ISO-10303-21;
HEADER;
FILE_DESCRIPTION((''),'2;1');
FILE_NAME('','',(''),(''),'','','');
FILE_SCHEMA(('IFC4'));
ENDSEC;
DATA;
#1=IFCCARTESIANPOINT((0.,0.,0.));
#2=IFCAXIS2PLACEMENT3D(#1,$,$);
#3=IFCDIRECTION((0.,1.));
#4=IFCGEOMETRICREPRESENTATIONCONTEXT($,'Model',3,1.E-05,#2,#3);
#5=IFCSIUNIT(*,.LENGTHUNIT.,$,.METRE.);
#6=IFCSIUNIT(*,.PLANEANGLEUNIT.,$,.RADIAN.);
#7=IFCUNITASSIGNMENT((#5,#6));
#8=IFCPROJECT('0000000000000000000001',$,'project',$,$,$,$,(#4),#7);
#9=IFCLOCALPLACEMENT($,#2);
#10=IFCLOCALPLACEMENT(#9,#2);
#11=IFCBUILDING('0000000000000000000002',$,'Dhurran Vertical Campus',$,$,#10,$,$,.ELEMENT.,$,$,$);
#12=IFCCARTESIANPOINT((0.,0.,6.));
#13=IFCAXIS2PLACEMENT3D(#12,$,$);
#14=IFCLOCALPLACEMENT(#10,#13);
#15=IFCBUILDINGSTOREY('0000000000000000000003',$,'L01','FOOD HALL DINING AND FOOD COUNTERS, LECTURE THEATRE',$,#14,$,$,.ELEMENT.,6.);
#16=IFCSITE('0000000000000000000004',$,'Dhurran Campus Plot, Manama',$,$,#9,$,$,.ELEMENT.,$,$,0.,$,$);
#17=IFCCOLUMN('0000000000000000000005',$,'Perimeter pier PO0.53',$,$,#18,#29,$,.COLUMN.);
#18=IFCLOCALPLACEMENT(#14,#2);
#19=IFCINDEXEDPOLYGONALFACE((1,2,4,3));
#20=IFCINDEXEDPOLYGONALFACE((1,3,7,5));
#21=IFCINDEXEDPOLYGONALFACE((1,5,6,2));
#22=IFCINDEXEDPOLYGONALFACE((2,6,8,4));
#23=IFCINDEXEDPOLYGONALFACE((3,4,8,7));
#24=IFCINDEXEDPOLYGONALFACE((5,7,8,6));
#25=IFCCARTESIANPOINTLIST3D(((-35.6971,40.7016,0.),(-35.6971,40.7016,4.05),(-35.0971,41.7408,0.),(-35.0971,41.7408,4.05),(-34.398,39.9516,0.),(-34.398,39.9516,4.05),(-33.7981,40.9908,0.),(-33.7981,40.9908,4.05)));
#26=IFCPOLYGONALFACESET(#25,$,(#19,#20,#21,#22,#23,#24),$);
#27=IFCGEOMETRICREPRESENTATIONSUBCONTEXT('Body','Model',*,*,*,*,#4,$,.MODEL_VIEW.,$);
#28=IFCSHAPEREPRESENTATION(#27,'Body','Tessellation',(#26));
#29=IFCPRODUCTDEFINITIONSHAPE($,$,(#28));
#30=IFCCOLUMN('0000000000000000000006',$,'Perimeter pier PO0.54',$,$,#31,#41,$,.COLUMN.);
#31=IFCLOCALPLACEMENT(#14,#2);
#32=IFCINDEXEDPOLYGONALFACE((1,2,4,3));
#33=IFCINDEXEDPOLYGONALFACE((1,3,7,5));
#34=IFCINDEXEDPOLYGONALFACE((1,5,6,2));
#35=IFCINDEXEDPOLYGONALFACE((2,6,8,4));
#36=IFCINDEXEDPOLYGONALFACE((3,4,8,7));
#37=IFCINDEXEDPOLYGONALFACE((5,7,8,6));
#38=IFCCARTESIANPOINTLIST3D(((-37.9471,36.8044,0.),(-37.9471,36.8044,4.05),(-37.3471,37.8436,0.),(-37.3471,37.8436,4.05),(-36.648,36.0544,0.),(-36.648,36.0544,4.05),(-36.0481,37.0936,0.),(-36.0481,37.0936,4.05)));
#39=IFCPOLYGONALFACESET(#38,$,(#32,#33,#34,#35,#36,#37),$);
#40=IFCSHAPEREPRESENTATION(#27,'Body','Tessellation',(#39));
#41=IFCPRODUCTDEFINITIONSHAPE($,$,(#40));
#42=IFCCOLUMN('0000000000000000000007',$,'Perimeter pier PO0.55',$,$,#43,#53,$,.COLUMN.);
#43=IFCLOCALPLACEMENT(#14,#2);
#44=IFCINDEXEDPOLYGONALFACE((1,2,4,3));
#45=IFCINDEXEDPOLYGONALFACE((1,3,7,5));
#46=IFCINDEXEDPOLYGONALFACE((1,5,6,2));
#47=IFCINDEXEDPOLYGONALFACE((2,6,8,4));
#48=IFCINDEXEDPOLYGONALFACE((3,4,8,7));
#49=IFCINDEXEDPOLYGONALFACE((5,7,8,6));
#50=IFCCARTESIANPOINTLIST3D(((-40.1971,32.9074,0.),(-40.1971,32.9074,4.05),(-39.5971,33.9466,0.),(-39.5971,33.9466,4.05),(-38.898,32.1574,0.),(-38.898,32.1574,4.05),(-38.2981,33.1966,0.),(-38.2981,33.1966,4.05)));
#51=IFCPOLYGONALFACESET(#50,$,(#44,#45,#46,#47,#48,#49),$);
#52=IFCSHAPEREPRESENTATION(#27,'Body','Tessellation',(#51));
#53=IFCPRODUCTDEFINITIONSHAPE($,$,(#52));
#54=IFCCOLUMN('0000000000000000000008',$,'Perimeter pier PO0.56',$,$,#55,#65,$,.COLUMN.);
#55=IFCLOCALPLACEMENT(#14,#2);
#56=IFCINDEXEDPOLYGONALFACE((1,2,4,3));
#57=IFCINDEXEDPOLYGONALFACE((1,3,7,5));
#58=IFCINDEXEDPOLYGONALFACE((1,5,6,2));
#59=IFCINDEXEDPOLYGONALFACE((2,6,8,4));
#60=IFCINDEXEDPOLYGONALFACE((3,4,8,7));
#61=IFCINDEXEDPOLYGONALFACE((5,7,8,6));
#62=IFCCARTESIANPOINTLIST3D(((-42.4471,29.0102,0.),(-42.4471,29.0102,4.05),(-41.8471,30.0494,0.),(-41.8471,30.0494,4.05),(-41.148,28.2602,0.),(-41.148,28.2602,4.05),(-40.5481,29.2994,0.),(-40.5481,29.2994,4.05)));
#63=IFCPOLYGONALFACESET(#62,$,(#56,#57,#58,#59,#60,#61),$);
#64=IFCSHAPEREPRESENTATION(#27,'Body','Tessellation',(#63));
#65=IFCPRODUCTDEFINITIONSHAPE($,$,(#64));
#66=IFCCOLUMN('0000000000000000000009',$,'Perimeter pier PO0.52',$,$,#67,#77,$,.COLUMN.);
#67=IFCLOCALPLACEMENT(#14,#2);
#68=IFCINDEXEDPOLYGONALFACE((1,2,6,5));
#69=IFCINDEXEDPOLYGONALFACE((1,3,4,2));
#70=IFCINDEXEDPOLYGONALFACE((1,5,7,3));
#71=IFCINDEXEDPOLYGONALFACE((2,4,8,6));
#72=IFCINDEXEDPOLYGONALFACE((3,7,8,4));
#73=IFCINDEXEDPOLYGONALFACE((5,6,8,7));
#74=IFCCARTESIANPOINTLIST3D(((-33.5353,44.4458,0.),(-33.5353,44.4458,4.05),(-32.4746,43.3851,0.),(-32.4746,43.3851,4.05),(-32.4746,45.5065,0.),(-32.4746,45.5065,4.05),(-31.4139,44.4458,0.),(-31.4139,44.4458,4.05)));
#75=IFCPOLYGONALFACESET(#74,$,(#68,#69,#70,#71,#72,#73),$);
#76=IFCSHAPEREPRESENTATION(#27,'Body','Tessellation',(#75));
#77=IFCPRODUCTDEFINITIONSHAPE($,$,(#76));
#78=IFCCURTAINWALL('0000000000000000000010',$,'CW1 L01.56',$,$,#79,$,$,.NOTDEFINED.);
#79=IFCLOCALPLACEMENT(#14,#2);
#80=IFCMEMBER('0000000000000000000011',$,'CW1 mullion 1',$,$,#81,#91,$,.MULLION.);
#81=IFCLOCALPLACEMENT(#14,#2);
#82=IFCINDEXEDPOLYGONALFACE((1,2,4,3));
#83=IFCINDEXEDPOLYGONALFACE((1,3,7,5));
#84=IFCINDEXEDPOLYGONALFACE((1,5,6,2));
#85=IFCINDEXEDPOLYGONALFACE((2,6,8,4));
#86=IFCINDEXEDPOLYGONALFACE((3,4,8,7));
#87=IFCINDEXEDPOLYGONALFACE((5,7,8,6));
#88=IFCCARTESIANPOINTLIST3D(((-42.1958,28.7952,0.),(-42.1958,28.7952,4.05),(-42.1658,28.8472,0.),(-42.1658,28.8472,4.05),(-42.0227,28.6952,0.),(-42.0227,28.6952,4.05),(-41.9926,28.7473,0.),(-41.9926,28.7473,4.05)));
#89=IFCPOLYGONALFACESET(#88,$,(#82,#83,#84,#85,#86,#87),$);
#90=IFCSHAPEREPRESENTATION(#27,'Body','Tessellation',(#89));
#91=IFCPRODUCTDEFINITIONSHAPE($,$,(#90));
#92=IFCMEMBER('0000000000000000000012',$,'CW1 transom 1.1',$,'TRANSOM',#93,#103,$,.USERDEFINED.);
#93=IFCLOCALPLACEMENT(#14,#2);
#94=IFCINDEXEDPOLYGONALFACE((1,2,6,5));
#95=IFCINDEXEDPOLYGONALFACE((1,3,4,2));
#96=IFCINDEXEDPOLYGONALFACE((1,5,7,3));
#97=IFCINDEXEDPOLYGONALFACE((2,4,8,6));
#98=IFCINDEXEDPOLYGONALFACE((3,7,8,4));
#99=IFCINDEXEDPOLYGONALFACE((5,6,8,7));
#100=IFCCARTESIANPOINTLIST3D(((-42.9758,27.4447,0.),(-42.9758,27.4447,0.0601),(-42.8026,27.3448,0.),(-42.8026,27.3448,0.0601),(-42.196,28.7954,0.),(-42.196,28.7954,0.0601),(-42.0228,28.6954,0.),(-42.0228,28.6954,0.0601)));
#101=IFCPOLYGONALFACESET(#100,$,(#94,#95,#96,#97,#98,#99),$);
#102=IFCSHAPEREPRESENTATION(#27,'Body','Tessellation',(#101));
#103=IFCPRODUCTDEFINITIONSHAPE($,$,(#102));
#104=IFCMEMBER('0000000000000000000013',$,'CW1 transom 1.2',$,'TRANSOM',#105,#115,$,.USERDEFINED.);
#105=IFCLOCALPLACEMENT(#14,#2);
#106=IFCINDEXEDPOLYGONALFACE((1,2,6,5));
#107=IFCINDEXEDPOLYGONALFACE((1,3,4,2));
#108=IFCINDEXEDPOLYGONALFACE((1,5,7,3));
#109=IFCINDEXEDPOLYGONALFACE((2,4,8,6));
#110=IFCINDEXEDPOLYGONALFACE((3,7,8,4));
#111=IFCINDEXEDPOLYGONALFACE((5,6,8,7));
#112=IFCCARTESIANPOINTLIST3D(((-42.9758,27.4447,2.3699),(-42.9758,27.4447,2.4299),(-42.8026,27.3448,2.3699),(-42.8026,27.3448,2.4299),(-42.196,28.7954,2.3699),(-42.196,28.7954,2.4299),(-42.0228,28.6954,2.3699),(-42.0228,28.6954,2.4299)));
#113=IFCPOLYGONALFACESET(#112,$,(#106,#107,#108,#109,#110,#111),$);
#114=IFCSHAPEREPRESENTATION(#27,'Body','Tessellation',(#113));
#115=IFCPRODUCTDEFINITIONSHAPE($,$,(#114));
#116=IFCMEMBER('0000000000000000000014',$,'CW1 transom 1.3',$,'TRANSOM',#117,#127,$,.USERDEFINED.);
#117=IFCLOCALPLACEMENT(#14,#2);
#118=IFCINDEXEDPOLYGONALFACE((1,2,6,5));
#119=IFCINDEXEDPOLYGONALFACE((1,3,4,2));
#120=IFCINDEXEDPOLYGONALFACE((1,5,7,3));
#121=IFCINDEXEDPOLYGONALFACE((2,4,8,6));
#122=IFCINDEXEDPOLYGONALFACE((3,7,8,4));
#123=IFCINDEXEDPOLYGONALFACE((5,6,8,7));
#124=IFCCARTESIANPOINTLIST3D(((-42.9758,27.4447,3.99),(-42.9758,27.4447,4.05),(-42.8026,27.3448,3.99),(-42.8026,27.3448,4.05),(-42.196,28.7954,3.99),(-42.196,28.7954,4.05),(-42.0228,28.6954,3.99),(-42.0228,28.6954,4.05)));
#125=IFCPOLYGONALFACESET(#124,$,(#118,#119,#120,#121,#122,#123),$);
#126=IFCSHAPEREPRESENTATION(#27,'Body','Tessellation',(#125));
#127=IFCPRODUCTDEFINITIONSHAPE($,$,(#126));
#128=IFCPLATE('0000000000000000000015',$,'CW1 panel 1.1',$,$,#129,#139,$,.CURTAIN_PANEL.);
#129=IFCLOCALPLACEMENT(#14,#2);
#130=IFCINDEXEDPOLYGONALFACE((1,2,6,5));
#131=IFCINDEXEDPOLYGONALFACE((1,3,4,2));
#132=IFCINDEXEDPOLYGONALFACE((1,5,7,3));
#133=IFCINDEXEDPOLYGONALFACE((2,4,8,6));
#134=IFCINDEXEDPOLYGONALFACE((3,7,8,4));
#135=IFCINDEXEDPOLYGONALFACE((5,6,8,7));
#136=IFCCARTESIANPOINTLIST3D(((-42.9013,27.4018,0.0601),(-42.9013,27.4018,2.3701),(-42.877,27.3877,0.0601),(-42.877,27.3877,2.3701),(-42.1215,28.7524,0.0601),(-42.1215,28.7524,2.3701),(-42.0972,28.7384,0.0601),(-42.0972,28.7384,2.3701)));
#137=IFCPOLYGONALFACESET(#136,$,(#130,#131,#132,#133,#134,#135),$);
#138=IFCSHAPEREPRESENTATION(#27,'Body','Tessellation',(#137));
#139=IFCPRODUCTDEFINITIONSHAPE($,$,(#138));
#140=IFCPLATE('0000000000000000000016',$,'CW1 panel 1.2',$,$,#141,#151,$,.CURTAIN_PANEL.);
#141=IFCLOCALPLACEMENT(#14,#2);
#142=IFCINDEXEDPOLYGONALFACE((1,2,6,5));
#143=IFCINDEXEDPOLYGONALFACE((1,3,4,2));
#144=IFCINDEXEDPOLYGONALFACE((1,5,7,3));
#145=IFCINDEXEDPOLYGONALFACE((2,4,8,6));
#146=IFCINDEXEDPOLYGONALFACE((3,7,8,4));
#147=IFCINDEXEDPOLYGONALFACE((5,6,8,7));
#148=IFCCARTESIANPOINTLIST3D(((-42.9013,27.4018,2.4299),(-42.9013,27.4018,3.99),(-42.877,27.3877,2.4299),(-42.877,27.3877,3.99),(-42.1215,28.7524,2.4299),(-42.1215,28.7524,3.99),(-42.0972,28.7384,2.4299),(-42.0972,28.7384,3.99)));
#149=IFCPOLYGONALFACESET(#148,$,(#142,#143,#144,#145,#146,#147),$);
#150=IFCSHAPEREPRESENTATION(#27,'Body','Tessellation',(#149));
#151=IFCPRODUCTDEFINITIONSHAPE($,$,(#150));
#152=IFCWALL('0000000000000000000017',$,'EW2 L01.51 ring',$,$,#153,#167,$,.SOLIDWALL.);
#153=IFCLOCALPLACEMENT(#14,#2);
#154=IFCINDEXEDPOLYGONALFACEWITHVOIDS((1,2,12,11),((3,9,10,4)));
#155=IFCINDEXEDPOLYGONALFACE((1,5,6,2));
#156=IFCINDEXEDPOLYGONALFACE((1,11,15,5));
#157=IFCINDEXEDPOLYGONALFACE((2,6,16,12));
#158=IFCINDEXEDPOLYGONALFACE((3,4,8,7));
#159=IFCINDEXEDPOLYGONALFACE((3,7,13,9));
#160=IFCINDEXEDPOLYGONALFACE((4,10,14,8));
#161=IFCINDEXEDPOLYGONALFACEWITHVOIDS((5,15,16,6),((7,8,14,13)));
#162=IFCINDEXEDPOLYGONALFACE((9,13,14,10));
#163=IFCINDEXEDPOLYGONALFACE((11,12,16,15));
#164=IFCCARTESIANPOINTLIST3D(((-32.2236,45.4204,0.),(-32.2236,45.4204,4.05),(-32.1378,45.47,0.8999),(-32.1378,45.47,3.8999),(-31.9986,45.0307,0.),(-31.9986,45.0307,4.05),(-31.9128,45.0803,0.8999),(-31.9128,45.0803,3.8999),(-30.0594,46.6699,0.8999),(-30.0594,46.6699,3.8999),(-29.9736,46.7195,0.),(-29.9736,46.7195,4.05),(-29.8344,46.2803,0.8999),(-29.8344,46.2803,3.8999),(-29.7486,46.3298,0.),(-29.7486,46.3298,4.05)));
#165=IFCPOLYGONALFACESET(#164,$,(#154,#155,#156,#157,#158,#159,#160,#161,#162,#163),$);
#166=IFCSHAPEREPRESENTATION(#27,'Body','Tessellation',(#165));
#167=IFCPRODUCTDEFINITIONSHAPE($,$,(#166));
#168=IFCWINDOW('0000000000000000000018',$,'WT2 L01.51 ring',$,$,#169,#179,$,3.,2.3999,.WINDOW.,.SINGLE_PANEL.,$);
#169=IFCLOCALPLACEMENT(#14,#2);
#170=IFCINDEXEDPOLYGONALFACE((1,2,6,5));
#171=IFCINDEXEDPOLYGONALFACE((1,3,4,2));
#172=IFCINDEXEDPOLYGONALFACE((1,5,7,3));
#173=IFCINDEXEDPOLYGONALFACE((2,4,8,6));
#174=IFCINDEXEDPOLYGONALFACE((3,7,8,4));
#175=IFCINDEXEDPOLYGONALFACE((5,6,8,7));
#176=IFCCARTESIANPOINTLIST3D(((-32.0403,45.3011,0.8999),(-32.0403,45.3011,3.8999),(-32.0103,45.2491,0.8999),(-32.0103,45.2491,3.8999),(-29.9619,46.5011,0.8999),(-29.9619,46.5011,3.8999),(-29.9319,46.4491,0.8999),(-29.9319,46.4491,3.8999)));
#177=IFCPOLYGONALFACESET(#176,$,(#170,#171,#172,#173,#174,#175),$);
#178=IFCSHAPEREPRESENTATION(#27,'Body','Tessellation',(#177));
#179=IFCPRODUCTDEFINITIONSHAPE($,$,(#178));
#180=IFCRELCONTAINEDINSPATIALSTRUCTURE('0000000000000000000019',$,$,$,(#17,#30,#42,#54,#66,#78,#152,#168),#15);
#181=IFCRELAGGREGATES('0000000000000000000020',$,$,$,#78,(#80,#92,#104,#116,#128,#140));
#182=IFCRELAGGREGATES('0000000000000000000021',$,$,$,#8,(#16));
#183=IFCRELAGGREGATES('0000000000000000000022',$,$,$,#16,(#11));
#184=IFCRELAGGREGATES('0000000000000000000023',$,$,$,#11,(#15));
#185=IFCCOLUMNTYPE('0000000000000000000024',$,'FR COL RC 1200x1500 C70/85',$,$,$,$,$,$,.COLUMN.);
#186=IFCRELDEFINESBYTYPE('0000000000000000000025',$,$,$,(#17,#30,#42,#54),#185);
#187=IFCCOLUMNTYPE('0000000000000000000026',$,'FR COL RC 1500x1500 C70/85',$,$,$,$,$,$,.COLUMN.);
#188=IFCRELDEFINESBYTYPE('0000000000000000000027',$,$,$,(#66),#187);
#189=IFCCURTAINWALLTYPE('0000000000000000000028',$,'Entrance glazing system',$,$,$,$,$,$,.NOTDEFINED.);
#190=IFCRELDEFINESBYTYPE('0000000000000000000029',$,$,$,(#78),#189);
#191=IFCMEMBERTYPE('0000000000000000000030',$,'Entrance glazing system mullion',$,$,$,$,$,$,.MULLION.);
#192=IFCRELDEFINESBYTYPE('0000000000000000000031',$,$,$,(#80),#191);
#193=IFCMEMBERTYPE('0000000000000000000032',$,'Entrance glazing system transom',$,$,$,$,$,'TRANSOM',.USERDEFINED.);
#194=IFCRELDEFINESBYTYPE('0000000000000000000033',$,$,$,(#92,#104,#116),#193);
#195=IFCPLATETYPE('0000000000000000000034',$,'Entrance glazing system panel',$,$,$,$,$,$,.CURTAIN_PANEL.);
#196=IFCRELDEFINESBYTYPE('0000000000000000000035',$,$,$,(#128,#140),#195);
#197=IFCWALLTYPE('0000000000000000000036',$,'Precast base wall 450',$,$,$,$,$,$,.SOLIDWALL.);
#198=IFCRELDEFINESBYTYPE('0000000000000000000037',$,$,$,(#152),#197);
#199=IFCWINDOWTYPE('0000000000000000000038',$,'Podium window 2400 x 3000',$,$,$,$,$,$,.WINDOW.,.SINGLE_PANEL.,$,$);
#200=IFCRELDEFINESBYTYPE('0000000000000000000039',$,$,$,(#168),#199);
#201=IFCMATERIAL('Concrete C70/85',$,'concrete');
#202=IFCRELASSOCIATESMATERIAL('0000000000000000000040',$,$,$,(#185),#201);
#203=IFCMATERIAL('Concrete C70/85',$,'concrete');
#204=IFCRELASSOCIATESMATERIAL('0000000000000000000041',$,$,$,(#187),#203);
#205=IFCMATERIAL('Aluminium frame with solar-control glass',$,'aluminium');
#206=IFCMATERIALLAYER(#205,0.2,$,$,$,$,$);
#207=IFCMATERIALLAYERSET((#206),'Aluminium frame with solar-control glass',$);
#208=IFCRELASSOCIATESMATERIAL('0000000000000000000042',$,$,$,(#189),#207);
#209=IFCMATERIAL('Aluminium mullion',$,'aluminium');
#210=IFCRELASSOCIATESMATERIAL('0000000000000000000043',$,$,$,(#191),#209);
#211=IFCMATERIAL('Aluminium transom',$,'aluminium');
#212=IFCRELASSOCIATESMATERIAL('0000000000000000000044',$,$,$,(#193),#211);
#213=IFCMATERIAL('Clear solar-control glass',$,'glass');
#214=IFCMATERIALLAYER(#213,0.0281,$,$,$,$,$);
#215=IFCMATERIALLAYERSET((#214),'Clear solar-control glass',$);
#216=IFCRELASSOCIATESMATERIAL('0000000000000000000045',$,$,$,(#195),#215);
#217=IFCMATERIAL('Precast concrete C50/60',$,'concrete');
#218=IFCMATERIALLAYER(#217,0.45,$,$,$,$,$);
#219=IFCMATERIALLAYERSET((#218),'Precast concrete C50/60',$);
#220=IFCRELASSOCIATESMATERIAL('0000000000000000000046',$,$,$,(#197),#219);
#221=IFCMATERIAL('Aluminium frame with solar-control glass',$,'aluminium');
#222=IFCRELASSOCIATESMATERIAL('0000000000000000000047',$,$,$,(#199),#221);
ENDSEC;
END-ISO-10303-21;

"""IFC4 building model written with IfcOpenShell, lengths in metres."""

from ifc_helpers import new_model, si_unit, direction, frame, frame_2d, origin, origin_2d, place, context, subcontext, project, spatial, rectangle, extrude, material, layer, layer_set, material_profile, profile_set, type_object, element, fill, aggregate, save


model = new_model("IFC4")

# Units and contexts
model_context = context("Model", 3, precision=1e-05, world=origin(), true_north=direction((0.0, 1.0)))
body_context = subcontext(model_context, "Body", "Model", "MODEL_VIEW")
ifc_project = project(units=[si_unit("LENGTHUNIT", "METRE"), si_unit("PLANEANGLEUNIT", "RADIAN")], contexts=[model_context])

# Site, building, storey
site_placement = place(None, origin())
site = spatial("IfcSite", under=ifc_project, at=site_placement, Name="Dhurran Campus Plot, Manama", CompositionType="ELEMENT", RefElevation=0.0)
building_placement = place(site_placement, origin())
building = spatial("IfcBuilding", under=site, at=building_placement, Name="Dhurran Vertical Campus", CompositionType="ELEMENT")
storey_placement = place(building_placement, frame((0.0, 0.0, 6.0)))
storey = spatial("IfcBuildingStorey", under=building, at=storey_placement, Name="L01", Description="FOOD HALL DINING AND FOOD COUNTERS, LECTURE THEATRE", CompositionType="ELEMENT", Elevation=6.0)

# Columns
ifc_material_1 = material(Name="Concrete C70/85", Category="concrete")
ifc_material_profile_1 = material_profile(ifc_material_1, rectangle(XDim=1.2, YDim=1.5, at=origin_2d()), Name="RC 1200x1500")
ifc_profile_set_1 = profile_set([ifc_material_profile_1], Name="Concrete C70/85")
column_type_1 = type_object("IfcColumnType", Name="FR COL RC 1200x1500 C70/85", PredefinedType="COLUMN", material=ifc_profile_set_1)
for number, where, z_axis, x_axis, name in (
    (1, (-34.7476, 40.8462, 0.0), (0.0, 0.0, 1.0), (-0.5, -0.866025, 0.0), "Perimeter pier PO0.53"),
    (2, (-36.9976, 36.949, 0.0), (0.0, 0.0, 1.0), (-0.5, -0.866025, 0.0), "Perimeter pier PO0.54"),
    (3, (-39.2476, 33.052, 0.0), (0.0, 0.0, 1.0), (-0.5, -0.866025, 0.0), "Perimeter pier PO0.55"),
    (4, (-41.4976, 29.1548, 0.0), (0.0, 0.0, 1.0), (-0.5, -0.866025, 0.0), "Perimeter pier PO0.56"),
):
    element("IfcColumn", number, at=place(storey_placement, frame(where, z_axis=z_axis, x_axis=x_axis)), inside=storey, type_object=column_type_1, Name=name, PredefinedType="COLUMN", context=body_context, shape_type="SweptSolid", body=[
        extrude(rectangle(XDim=1.2, YDim=1.5, at=origin_2d()), origin(), (0.0, 0.0, 1.0), 4.05),
    ])
ifc_material_2 = material(Name="Concrete C70/85", Category="concrete")
ifc_material_profile_2 = material_profile(ifc_material_2, rectangle(XDim=1.5, YDim=1.5, at=origin_2d()), Name="RC 1500x1500")
ifc_profile_set_2 = profile_set([ifc_material_profile_2], Name="Concrete C70/85")
column_type_2 = type_object("IfcColumnType", Name="FR COL RC 1500x1500 C70/85", PredefinedType="COLUMN", material=ifc_profile_set_2)
column_placement = place(storey_placement, frame((-32.4746, 44.4458, 0.0), z_axis=(0.0, 0.0, 1.0), x_axis=(-0.707107, -0.707107, 0.0)))
element("IfcColumn", 5, at=column_placement, inside=storey, type_object=column_type_2, Name="Perimeter pier PO0.52", PredefinedType="COLUMN", context=body_context, shape_type="SweptSolid", body=[
    extrude(rectangle(XDim=1.5, YDim=1.5, at=origin_2d()), origin(), (0.0, 0.0, 1.0), 4.05),
])

# Curtain wall, members, plates
ifc_material_3 = material(Name="Aluminium frame with solar-control glass", Category="aluminium")
ifc_layer_1 = layer(ifc_material_3, 0.2)
ifc_layer_set_1 = layer_set([ifc_layer_1], Name="Aluminium frame with solar-control glass")
curtain_wall_type = type_object("IfcCurtainWallType", Name="Entrance glazing system", PredefinedType="NOTDEFINED", material=ifc_layer_set_1)
curtain_wall_placement = place(storey_placement, origin())
curtain_wall = element("IfcCurtainWall", 6, at=curtain_wall_placement, inside=storey, type_object=curtain_wall_type, Name="CW1 L01.56", PredefinedType="NOTDEFINED")
ifc_material_4 = material(Name="Aluminium mullion", Category="aluminium")
ifc_material_profile_3 = material_profile(ifc_material_4, rectangle(XDim=0.2, YDim=0.0601, at=origin_2d()), Name="Entrance glazing system mullion")
ifc_profile_set_3 = profile_set([ifc_material_profile_3], Name="Aluminium mullion")
member_type_1 = type_object("IfcMemberType", Name="Entrance glazing system mullion", PredefinedType="MULLION", material=ifc_profile_set_3)
member_1_placement = place(storey_placement, frame((-42.0942, 28.7712, 0.0), z_axis=(0.0, 0.0, 1.0), x_axis=(0.866032, -0.499989, 0.0)))
member_1 = element("IfcMember", 7, at=member_1_placement, type_object=member_type_1, Name="CW1 mullion 1", PredefinedType="MULLION", context=body_context, shape_type="SweptSolid", body=[
    extrude(rectangle(XDim=0.2, YDim=0.0601, at=origin_2d()), origin(), (0.0, 0.0, 1.0), 4.05),
])
ifc_material_5 = material(Name="Aluminium transom", Category="aluminium")
ifc_material_profile_4 = material_profile(ifc_material_5, rectangle(XDim=0.2, YDim=0.0601, at=origin_2d()), Name="Entrance glazing system transom")
ifc_profile_set_4 = profile_set([ifc_material_profile_4], Name="Aluminium transom")
member_type_2 = type_object("IfcMemberType", Name="Entrance glazing system transom", ElementType="TRANSOM", PredefinedType="USERDEFINED", material=ifc_profile_set_4)
member_2_placement = place(storey_placement, frame((-42.1094, 28.7454, 0.03), z_axis=(-0.500012, -0.866019, 0.0), x_axis=(0.866019, -0.500012, 0.0)))
member_2 = element("IfcMember", 8, at=member_2_placement, type_object=member_type_2, Name="CW1 transom 1.1", ObjectType="TRANSOM", PredefinedType="USERDEFINED", context=body_context, shape_type="SweptSolid", body=[
    extrude(rectangle(XDim=0.2, YDim=0.0601, at=origin_2d()), origin(), (0.0, 0.0, 1.0), 1.5596),
])
member_3_placement = place(storey_placement, frame((-42.1094, 28.7454, 2.3999), z_axis=(-0.500012, -0.866019, 0.0), x_axis=(0.866019, -0.500012, 0.0)))
member_3 = element("IfcMember", 9, at=member_3_placement, type_object=member_type_2, Name="CW1 transom 1.2", ObjectType="TRANSOM", PredefinedType="USERDEFINED", context=body_context, shape_type="SweptSolid", body=[
    extrude(rectangle(XDim=0.2, YDim=0.0601, at=origin_2d()), origin(), (0.0, 0.0, 1.0), 1.5596),
])
member_4_placement = place(storey_placement, frame((-42.1094, 28.7454, 4.02), z_axis=(-0.500012, -0.866019, 0.0), x_axis=(0.866019, -0.500012, 0.0)))
member_4 = element("IfcMember", 10, at=member_4_placement, type_object=member_type_2, Name="CW1 transom 1.3", ObjectType="TRANSOM", PredefinedType="USERDEFINED", context=body_context, shape_type="SweptSolid", body=[
    extrude(rectangle(XDim=0.2, YDim=0.0601, at=origin_2d()), origin(), (0.0, 0.0, 1.0), 1.5596),
])
ifc_material_6 = material(Name="Clear solar-control glass", Category="glass")
ifc_layer_2 = layer(ifc_material_6, 0.0281)
ifc_layer_set_2 = layer_set([ifc_layer_2], Name="Clear solar-control glass")
plate_type = type_object("IfcPlateType", Name="Entrance glazing system panel", PredefinedType="CURTAIN_PANEL", material=ifc_layer_set_2)
plate_1_placement = place(storey_placement, frame((-42.4993, 28.0701, 0.0601), z_axis=(0.0, 0.0, 1.0), x_axis=(-0.499989, -0.866032, 0.0)))
plate_1 = element("IfcPlate", 11, at=plate_1_placement, type_object=plate_type, Name="CW1 panel 1.1", PredefinedType="CURTAIN_PANEL", context=body_context, shape_type="SweptSolid", body=[
    extrude(rectangle(XDim=1.5596, YDim=0.0281, at=origin_2d()), origin(), (0.0, 0.0, 1.0), 2.3101),
])
plate_2_placement = place(storey_placement, frame((-42.4993, 28.0701, 2.4299), z_axis=(0.0, 0.0, 1.0), x_axis=(-0.499989, -0.866032, 0.0)))
plate_2 = element("IfcPlate", 12, at=plate_2_placement, type_object=plate_type, Name="CW1 panel 1.2", PredefinedType="CURTAIN_PANEL", context=body_context, shape_type="SweptSolid", body=[
    extrude(rectangle(XDim=1.5596, YDim=0.0281, at=origin_2d()), origin(), (0.0, 0.0, 1.0), 1.5601),
])
aggregate(curtain_wall, [member_1, member_2, member_3, member_4, plate_1, plate_2])

# Wall, opening, window
ifc_material_7 = material(Name="Precast concrete C50/60", Category="concrete")
ifc_layer_3 = layer(ifc_material_7, 0.45)
ifc_layer_set_3 = layer_set([ifc_layer_3], Name="Precast concrete C50/60")
wall_type_1 = type_object("IfcWallType", Name="Precast base wall 450", PredefinedType="SOLIDWALL", material=ifc_layer_set_3)
wall_1_placement = place(storey_placement, frame((-29.8611, 46.5247, 0.0), z_axis=(0.0, 0.0, 1.0), x_axis=(-0.86602, -0.50001, 0.0)))
wall_1 = element("IfcWall", 13, at=wall_1_placement, inside=storey, type_object=wall_type_1, Name="EW2 L01.51 ring", PredefinedType="SOLIDWALL", context=body_context, shape_type="SweptSolid", body=[
    extrude(rectangle(XDim=2.5981, YDim=0.45, at=frame_2d((1.2991, 0.0))), origin(), (0.0, 0.0, 1.0), 4.05),
])
opening_1_placement = place(wall_1_placement, frame((0.0991, 0.0, 0.8999)))
opening_1 = element("IfcOpeningElement", 14, at=opening_1_placement, cuts=wall_1, PredefinedType="OPENING", context=body_context, shape_type="SweptSolid", body=[
    extrude(rectangle(XDim=2.3999, YDim=3.0, at=frame_2d((1.2, 1.5))), frame((0.0, 0.2349, 0.0), z_axis=(0.0, -1.0, 0.0), x_axis=(1.0, 0.0, 0.0)), (0.0, 0.0, 1.0), 0.47),
])
ifc_material_8 = material(Name="Aluminium frame with solar-control glass", Category="aluminium")
window_type = type_object("IfcWindowType", Name="Podium window 2400 x 3000", PartitioningType="SINGLE_PANEL", PredefinedType="WINDOW", material=ifc_material_8)
window_1_placement = place(opening_1_placement, origin())
window_1 = element("IfcWindow", 15, at=window_1_placement, inside=storey, type_object=window_type, Name="WT2 L01.51 ring", OverallHeight=3.0, OverallWidth=2.3999, PartitioningType="SINGLE_PANEL", PredefinedType="WINDOW", context=body_context, shape_type="SweptSolid", body=[
    extrude(rectangle(XDim=2.3999, YDim=3.0, at=frame_2d((1.2, 1.5))), frame((0.0, 0.03, 0.0), z_axis=(0.0, -1.0, 0.0), x_axis=(1.0, 0.0, 0.0)), (0.0, 0.0, 1.0), 0.0601),
])
fill(opening_1, window_1)

save(model, "model.ifc")
